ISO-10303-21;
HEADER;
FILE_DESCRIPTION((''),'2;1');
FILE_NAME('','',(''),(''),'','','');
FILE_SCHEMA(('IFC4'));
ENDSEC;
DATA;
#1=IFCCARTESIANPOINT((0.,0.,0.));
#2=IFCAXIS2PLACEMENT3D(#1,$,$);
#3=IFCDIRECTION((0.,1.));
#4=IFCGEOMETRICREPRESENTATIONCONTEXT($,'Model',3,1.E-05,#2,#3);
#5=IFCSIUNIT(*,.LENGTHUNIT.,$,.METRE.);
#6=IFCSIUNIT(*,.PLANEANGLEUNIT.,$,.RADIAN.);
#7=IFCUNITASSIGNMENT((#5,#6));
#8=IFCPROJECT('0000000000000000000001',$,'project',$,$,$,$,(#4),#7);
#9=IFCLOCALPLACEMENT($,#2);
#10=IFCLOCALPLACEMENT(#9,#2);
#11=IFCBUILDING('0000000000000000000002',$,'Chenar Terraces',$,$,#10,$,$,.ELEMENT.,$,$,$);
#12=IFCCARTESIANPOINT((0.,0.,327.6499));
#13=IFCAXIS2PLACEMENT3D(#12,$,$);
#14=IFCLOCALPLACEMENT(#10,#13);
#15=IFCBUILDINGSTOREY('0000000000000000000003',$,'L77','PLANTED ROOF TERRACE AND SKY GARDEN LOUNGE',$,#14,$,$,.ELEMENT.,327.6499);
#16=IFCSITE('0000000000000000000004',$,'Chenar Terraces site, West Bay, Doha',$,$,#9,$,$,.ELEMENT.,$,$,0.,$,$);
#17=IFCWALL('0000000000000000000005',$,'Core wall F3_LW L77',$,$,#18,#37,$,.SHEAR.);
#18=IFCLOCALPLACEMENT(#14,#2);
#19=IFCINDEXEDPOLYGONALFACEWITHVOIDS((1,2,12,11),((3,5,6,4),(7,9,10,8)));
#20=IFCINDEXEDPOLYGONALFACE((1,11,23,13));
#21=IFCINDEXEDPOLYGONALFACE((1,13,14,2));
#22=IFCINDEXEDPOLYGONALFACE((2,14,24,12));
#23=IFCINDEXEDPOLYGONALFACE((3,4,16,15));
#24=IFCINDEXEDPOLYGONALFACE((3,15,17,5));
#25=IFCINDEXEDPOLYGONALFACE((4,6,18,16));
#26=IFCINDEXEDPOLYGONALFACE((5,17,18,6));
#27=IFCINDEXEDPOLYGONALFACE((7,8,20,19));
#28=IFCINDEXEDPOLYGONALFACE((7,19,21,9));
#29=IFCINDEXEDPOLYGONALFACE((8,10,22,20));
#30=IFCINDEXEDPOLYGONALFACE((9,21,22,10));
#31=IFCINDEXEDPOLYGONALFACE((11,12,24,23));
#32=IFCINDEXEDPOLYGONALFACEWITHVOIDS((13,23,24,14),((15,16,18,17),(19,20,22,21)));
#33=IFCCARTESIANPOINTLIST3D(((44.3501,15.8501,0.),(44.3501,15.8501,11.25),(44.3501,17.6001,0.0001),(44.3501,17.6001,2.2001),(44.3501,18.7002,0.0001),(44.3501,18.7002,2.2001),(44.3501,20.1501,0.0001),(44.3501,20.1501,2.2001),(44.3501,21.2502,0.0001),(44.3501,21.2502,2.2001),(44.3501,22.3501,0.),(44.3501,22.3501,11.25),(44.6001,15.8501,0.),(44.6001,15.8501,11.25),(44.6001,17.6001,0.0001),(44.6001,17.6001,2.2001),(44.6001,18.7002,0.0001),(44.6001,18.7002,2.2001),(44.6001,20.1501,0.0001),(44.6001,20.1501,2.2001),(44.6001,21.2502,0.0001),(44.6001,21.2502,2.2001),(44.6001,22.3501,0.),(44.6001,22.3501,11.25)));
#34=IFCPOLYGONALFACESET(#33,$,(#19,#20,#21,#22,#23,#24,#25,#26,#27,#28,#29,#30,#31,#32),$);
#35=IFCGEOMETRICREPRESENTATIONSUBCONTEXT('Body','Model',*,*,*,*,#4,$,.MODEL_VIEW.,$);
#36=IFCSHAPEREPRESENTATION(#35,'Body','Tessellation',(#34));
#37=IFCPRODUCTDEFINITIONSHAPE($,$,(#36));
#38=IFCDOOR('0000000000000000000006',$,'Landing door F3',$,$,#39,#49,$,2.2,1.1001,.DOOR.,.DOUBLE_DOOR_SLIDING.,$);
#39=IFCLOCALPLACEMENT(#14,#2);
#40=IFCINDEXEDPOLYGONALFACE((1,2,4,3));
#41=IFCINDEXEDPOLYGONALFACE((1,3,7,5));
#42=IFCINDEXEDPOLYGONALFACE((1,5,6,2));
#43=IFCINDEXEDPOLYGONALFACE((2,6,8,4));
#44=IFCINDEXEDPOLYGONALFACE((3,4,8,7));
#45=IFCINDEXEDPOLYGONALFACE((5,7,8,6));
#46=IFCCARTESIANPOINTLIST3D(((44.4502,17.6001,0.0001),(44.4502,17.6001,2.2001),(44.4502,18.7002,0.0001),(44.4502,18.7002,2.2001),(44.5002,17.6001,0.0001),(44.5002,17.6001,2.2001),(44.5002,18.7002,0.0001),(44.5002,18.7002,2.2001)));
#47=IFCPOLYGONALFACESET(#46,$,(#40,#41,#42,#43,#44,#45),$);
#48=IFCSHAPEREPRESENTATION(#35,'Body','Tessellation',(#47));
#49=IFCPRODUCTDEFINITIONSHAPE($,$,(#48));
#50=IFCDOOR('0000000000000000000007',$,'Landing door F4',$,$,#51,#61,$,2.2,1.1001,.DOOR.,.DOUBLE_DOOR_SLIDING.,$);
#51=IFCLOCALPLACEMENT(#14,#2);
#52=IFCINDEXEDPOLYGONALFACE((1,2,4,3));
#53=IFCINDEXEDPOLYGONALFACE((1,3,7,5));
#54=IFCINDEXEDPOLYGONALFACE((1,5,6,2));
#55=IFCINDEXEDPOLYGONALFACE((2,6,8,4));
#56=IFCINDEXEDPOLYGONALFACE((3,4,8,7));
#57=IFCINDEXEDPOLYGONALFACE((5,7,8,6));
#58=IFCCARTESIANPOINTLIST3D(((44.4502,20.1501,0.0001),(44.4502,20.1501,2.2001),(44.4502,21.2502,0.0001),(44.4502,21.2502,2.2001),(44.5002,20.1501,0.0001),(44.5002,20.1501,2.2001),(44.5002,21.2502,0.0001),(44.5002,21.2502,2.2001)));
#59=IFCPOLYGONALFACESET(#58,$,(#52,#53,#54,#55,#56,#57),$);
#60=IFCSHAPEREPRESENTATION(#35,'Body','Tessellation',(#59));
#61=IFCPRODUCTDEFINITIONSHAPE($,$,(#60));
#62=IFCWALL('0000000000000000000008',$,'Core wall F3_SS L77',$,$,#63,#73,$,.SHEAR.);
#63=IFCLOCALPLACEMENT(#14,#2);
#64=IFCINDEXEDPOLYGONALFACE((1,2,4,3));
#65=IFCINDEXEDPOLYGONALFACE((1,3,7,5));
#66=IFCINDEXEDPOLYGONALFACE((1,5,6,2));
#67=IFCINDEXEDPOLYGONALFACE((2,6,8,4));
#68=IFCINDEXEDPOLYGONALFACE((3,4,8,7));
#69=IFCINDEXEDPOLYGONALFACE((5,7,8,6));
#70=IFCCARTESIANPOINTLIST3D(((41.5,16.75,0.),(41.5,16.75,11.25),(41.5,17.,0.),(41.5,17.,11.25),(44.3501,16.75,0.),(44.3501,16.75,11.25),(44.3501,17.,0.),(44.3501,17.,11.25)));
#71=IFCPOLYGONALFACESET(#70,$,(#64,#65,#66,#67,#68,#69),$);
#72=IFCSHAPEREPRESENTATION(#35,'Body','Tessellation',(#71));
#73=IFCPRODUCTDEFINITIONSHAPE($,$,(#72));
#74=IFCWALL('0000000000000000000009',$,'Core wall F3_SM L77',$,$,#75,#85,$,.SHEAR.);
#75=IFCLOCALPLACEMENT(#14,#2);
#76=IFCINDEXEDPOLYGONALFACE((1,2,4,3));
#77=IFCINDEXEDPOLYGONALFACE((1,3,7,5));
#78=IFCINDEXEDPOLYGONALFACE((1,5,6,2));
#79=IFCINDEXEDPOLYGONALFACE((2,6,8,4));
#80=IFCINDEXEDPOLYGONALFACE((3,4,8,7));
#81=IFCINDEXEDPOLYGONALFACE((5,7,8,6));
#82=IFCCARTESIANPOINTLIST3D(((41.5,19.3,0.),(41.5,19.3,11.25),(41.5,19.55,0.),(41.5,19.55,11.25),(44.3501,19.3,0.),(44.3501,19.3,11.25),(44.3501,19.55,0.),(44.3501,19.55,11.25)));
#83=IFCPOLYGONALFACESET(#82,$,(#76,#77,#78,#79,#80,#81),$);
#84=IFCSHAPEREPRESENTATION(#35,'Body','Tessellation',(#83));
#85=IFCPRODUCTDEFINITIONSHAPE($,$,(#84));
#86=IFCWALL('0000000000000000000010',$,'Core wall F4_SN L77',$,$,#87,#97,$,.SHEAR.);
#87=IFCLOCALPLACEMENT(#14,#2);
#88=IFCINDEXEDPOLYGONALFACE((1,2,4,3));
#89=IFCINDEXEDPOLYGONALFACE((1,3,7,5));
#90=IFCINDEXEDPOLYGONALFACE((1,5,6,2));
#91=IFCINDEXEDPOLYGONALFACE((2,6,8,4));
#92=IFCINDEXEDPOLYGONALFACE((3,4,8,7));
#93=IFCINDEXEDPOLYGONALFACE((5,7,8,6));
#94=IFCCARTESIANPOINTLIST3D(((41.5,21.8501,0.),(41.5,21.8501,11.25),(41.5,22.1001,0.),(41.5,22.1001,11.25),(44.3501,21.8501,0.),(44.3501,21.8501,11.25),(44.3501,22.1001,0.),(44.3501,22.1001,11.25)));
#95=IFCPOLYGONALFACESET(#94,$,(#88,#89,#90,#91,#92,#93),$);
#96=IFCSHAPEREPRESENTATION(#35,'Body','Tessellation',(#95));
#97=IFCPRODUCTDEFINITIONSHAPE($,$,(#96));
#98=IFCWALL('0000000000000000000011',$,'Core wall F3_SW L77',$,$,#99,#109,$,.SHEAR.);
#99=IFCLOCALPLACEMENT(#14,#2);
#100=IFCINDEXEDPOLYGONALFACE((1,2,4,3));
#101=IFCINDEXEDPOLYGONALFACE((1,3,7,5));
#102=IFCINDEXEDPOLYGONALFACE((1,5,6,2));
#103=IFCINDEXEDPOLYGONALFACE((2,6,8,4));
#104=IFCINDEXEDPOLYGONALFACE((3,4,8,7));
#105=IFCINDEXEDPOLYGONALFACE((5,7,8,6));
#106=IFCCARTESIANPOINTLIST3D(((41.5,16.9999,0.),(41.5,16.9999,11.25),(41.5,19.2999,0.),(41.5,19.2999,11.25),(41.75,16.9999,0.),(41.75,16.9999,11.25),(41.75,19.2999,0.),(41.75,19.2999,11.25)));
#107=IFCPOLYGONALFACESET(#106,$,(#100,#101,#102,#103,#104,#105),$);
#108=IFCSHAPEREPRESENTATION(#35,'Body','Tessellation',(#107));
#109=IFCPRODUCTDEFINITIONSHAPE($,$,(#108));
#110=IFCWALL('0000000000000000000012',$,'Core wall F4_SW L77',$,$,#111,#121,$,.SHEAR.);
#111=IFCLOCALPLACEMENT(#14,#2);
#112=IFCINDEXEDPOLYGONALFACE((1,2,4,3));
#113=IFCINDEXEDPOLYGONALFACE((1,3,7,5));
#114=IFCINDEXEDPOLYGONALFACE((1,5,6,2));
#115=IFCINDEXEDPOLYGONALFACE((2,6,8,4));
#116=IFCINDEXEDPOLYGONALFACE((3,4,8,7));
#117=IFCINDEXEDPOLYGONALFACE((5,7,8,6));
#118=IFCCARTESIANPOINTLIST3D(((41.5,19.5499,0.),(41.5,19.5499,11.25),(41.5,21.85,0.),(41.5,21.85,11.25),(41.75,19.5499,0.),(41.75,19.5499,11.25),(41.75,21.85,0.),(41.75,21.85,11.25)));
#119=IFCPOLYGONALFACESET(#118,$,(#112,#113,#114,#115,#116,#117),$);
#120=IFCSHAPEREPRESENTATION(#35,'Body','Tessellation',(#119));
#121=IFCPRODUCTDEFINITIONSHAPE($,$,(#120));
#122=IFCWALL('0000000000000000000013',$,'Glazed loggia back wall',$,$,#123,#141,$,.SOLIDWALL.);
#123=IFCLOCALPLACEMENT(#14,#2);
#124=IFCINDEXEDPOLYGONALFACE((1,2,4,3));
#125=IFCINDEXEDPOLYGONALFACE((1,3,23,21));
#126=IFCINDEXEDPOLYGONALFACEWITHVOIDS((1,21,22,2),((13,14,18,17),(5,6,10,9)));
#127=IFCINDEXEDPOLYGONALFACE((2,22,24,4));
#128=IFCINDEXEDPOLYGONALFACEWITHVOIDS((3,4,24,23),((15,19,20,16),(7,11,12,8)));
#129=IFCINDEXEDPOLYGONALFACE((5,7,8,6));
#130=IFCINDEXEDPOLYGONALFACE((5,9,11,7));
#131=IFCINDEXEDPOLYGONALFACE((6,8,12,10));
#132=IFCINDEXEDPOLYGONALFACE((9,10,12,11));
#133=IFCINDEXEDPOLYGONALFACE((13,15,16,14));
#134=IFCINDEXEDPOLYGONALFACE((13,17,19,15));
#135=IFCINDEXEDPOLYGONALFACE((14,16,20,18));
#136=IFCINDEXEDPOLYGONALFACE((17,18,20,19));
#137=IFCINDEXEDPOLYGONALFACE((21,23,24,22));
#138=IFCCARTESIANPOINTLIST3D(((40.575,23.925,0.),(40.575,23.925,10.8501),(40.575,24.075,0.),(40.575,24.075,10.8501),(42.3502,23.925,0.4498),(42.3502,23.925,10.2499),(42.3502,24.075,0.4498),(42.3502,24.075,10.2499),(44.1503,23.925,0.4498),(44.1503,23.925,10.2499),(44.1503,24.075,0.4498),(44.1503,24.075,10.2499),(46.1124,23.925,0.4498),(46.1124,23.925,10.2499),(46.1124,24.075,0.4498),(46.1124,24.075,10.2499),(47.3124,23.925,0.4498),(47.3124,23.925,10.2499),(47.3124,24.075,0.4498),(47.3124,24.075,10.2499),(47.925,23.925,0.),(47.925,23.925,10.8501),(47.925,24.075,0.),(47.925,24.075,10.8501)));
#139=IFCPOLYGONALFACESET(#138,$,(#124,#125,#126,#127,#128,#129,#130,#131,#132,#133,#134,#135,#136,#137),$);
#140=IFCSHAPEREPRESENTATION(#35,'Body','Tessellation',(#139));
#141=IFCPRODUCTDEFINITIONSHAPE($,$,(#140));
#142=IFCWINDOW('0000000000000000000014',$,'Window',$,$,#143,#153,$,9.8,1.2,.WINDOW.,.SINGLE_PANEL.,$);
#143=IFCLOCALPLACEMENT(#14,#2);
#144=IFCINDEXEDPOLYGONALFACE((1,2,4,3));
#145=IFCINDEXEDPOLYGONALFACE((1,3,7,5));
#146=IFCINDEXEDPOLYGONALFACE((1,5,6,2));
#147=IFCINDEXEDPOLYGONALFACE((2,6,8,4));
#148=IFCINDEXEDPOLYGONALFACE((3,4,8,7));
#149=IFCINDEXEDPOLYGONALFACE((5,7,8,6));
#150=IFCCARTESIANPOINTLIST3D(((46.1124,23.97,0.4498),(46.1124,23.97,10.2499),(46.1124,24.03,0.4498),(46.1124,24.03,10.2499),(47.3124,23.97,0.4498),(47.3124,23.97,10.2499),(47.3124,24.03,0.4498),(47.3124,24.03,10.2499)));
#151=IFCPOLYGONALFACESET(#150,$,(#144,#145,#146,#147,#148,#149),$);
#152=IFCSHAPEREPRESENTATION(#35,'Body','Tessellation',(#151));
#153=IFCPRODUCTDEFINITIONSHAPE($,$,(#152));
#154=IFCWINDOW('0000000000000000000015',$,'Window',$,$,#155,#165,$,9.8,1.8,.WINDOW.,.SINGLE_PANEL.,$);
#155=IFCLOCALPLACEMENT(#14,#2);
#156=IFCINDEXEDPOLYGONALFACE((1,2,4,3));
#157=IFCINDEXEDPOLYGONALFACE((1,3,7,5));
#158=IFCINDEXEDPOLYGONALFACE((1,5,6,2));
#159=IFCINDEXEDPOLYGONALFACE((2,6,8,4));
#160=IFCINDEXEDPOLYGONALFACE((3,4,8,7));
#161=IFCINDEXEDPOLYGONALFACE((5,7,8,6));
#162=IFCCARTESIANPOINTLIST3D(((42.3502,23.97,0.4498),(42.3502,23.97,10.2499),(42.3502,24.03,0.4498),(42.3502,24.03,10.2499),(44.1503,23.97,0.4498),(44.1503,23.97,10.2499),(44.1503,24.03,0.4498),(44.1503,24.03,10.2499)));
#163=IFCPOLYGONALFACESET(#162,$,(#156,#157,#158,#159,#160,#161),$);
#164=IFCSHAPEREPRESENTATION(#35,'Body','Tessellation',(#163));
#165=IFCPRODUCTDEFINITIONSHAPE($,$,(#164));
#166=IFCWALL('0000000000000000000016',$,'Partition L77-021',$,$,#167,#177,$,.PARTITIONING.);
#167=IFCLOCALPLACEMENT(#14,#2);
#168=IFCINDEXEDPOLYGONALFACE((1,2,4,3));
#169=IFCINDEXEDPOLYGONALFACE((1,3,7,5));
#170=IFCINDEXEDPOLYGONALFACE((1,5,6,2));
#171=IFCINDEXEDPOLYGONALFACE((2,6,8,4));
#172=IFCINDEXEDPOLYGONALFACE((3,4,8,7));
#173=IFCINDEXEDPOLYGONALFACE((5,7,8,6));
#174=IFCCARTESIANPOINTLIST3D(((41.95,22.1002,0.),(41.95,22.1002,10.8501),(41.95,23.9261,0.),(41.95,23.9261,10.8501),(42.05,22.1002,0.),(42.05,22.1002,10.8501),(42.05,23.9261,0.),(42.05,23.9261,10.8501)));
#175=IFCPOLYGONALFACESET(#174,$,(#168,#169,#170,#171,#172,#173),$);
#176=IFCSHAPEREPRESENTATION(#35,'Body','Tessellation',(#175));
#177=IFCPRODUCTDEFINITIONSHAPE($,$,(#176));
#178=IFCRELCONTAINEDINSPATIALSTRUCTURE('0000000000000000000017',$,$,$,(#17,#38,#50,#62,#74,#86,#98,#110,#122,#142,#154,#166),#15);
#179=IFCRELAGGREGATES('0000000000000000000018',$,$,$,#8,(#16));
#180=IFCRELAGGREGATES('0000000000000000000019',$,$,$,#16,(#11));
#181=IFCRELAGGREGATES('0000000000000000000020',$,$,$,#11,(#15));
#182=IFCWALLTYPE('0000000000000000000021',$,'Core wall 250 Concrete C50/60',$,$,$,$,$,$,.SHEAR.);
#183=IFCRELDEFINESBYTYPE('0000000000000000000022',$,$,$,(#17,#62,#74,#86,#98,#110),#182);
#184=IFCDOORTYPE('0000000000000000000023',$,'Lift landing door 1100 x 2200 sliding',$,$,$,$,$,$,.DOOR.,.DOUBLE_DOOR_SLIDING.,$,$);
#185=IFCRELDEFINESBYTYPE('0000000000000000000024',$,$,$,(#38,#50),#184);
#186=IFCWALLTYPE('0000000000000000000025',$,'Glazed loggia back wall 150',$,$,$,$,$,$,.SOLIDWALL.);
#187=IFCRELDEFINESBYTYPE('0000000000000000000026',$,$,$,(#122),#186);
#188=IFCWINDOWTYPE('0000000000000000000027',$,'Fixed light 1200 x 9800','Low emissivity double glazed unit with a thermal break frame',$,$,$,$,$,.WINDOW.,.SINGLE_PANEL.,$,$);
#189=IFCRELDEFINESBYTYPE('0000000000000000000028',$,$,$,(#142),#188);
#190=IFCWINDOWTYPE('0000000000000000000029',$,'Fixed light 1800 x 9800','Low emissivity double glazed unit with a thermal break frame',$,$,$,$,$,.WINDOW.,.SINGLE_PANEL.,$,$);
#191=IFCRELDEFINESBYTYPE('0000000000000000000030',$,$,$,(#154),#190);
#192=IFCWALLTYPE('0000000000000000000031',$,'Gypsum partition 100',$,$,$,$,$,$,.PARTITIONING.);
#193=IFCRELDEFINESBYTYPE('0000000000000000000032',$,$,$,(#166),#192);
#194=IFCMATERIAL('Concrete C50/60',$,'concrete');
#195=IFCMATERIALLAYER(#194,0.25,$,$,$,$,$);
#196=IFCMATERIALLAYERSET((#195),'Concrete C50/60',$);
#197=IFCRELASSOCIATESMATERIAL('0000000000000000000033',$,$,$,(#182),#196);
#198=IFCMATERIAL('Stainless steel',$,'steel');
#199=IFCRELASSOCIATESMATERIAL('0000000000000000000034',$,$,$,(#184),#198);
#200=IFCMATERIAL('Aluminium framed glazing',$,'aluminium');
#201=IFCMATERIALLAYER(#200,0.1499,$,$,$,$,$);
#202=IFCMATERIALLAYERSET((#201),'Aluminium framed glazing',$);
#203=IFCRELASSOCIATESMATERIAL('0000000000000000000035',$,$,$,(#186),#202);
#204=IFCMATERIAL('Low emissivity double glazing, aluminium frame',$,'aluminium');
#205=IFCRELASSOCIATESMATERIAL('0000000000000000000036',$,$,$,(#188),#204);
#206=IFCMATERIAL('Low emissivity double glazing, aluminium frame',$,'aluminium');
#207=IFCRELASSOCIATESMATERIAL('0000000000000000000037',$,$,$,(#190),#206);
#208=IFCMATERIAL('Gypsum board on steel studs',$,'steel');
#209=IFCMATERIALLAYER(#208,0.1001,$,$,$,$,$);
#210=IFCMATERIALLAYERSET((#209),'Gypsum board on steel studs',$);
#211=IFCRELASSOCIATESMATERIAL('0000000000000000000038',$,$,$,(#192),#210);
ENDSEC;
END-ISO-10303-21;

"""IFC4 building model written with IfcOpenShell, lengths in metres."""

from ifc_helpers import new_model, si_unit, direction, frame, frame_2d, origin, place, context, subcontext, project, spatial, rectangle, extrude, material, layer, layer_set, type_object, element, fill, save


model = new_model("IFC4")

# Units and contexts
model_context = context("Model", 3, precision=1e-05, world=origin(), true_north=direction((0.0, 1.0)))
body_context = subcontext(model_context, "Body", "Model", "MODEL_VIEW")
ifc_project = project(units=[si_unit("LENGTHUNIT", "METRE"), si_unit("PLANEANGLEUNIT", "RADIAN")], contexts=[model_context])

# Site, building, storey
site_placement = place(None, origin())
site = spatial("IfcSite", under=ifc_project, at=site_placement, Name="Chenar Terraces site, West Bay, Doha", CompositionType="ELEMENT", RefElevation=0.0)
building_placement = place(site_placement, origin())
building = spatial("IfcBuilding", under=site, at=building_placement, Name="Chenar Terraces", CompositionType="ELEMENT")
storey_placement = place(building_placement, frame((0.0, 0.0, 327.6499)))
storey = spatial("IfcBuildingStorey", under=building, at=storey_placement, Name="L77", Description="PLANTED ROOF TERRACE AND SKY GARDEN LOUNGE", CompositionType="ELEMENT", Elevation=327.6499)

# Shared definitions
ifc_material_1 = material(Name="Concrete C50/60", Category="concrete")
ifc_layer_1 = layer(ifc_material_1, 0.25)
ifc_layer_set_1 = layer_set([ifc_layer_1], Name="Concrete C50/60")
wall_type_1 = type_object("IfcWallType", Name="Core wall 250 Concrete C50/60", PredefinedType="SHEAR", material=ifc_layer_set_1)

# Wall, openings, doors
wall_1_placement = place(storey_placement, frame((44.4751, 15.8501, 0.0), z_axis=(0.0, 0.0, 1.0), x_axis=(0.0, 1.0, 0.0)))
wall_1 = element("IfcWall", 1, at=wall_1_placement, inside=storey, type_object=wall_type_1, Name="Core wall F3_LW L77", PredefinedType="SHEAR", context=body_context, shape_type="SweptSolid", body=[
    extrude(rectangle(XDim=6.5, YDim=0.25, at=frame_2d((3.25, 0.0))), origin(), (0.0, 0.0, 1.0), 11.25),
])
opening_1_placement = place(wall_1_placement, frame((1.75, 0.0, 0.0)))
opening_1 = element("IfcOpeningElement", 2, at=opening_1_placement, cuts=wall_1, PredefinedType="OPENING", context=body_context, shape_type="SweptSolid", body=[
    extrude(rectangle(XDim=1.1001, YDim=2.2, at=frame_2d((0.55, 1.1001))), frame((0.0, 0.135, 0.0), z_axis=(0.0, -1.0, 0.0), x_axis=(1.0, 0.0, 0.0)), (0.0, 0.0, 1.0), 0.27),
])
opening_2_placement = place(wall_1_placement, frame((4.3, 0.0, 0.0)))
opening_2 = element("IfcOpeningElement", 3, at=opening_2_placement, cuts=wall_1, PredefinedType="OPENING", context=body_context, shape_type="SweptSolid", body=[
    extrude(rectangle(XDim=1.1001, YDim=2.2, at=frame_2d((0.55, 1.1001))), frame((0.0, 0.135, 0.0), z_axis=(0.0, -1.0, 0.0), x_axis=(1.0, 0.0, 0.0)), (0.0, 0.0, 1.0), 0.27),
])
ifc_material_2 = material(Name="Stainless steel", Category="steel")
door_type_1 = type_object("IfcDoorType", Name="Lift landing door 1100 x 2200 sliding", OperationType="DOUBLE_DOOR_SLIDING", PredefinedType="DOOR", material=ifc_material_2)
door_1_placement = place(opening_1_placement, origin())
door_1 = element("IfcDoor", 4, at=door_1_placement, inside=storey, type_object=door_type_1, Name="Landing door F3", OperationType="DOUBLE_DOOR_SLIDING", OverallHeight=2.2, OverallWidth=1.1001, PredefinedType="DOOR", context=body_context, shape_type="SweptSolid", body=[
    extrude(rectangle(XDim=1.1001, YDim=2.2, at=frame_2d((0.55, 1.1001))), frame((0.0, 0.0249, 0.0), z_axis=(0.0, -1.0, 0.0), x_axis=(1.0, 0.0, 0.0)), (0.0, 0.0, 1.0), 0.05),
])
fill(opening_1, door_1)
door_2_placement = place(opening_2_placement, origin())
door_2 = element("IfcDoor", 5, at=door_2_placement, inside=storey, type_object=door_type_1, Name="Landing door F4", OperationType="DOUBLE_DOOR_SLIDING", OverallHeight=2.2, OverallWidth=1.1001, PredefinedType="DOOR", context=body_context, shape_type="SweptSolid", body=[
    extrude(rectangle(XDim=1.1001, YDim=2.2, at=frame_2d((0.55, 1.1001))), frame((0.0, 0.0249, 0.0), z_axis=(0.0, -1.0, 0.0), x_axis=(1.0, 0.0, 0.0)), (0.0, 0.0, 1.0), 0.05),
])
fill(opening_2, door_2)

# Walls
for number, where, z_axis, x_axis, name in (
    (6, (41.5, 16.875, 0.0), (0.0, 0.0, 1.0), (1.0, 0.0, 0.0), "Core wall F3_SS L77"),
    (7, (41.5, 19.425, 0.0), (0.0, 0.0, 1.0), (1.0, 0.0, 0.0), "Core wall F3_SM L77"),
    (8, (41.5, 21.9751, 0.0), (0.0, 0.0, 1.0), (1.0, 0.0, 0.0), "Core wall F4_SN L77"),
):
    element("IfcWall", number, at=place(storey_placement, frame(where, z_axis=z_axis, x_axis=x_axis)), inside=storey, type_object=wall_type_1, Name=name, PredefinedType="SHEAR", context=body_context, shape_type="SweptSolid", body=[
        extrude(rectangle(XDim=2.8501, YDim=0.25, at=frame_2d((1.425, 0.0))), origin(), (0.0, 0.0, 1.0), 11.25),
    ])
for number, where, z_axis, x_axis, name in (
    (9, (41.625, 17.0, 0.0), (0.0, 0.0, 1.0), (0.0, 1.0, 0.0), "Core wall F3_SW L77"),
    (10, (41.625, 19.55, 0.0), (0.0, 0.0, 1.0), (0.0, 1.0, 0.0), "Core wall F4_SW L77"),
):
    element("IfcWall", number, at=place(storey_placement, frame(where, z_axis=z_axis, x_axis=x_axis)), inside=storey, type_object=wall_type_1, Name=name, PredefinedType="SHEAR", context=body_context, shape_type="SweptSolid", body=[
        extrude(rectangle(XDim=2.3, YDim=0.25, at=frame_2d((1.1499, 0.0))), origin(), (0.0, 0.0, 1.0), 11.25),
    ])

# Wall, openings, windows
ifc_material_3 = material(Name="Aluminium framed glazing", Category="aluminium")
ifc_layer_2 = layer(ifc_material_3, 0.1499)
ifc_layer_set_2 = layer_set([ifc_layer_2], Name="Aluminium framed glazing")
wall_type_2 = type_object("IfcWallType", Name="Glazed loggia back wall 150", PredefinedType="SOLIDWALL", material=ifc_layer_set_2)
wall_2_placement = place(storey_placement, frame((47.925, 24.0, 0.0), z_axis=(0.0, 0.0, 1.0), x_axis=(-1.0, 0.0, 0.0)))
wall_2 = element("IfcWall", 11, at=wall_2_placement, inside=storey, type_object=wall_type_2, Name="Glazed loggia back wall", PredefinedType="SOLIDWALL", context=body_context, shape_type="SweptSolid", body=[
    extrude(rectangle(XDim=7.3501, YDim=0.1499, at=frame_2d((3.675, 0.0))), origin(), (0.0, 0.0, 1.0), 10.8501),
])
opening_3_placement = place(wall_2_placement, frame((0.6125, 0.0, 0.45)))
opening_3 = element("IfcOpeningElement", 12, at=opening_3_placement, cuts=wall_2, PredefinedType="OPENING", context=body_context, shape_type="SweptSolid", body=[
    extrude(rectangle(XDim=1.2, YDim=9.8, at=frame_2d((0.6001, 4.8999))), frame((0.0, 0.085, 0.0), z_axis=(0.0, -1.0, 0.0), x_axis=(1.0, 0.0, 0.0)), (0.0, 0.0, 1.0), 0.1699),
])
opening_4_placement = place(wall_2_placement, frame((3.7749, 0.0, 0.45)))
opening_4 = element("IfcOpeningElement", 13, at=opening_4_placement, cuts=wall_2, PredefinedType="OPENING", context=body_context, shape_type="SweptSolid", body=[
    extrude(rectangle(XDim=1.8, YDim=9.8, at=frame_2d((0.8999, 4.8999))), frame((0.0, 0.085, 0.0), z_axis=(0.0, -1.0, 0.0), x_axis=(1.0, 0.0, 0.0)), (0.0, 0.0, 1.0), 0.1699),
])
ifc_material_4 = material(Name="Low emissivity double glazing, aluminium frame", Category="aluminium")
window_type_1 = type_object("IfcWindowType", Name="Fixed light 1200 x 9800", Description="Low emissivity double glazed unit with a thermal break frame", PartitioningType="SINGLE_PANEL", PredefinedType="WINDOW", material=ifc_material_4)
window_1_placement = place(opening_3_placement, origin())
window_1 = element("IfcWindow", 14, at=window_1_placement, inside=storey, type_object=window_type_1, Name="Window", OverallHeight=9.8, OverallWidth=1.2, PartitioningType="SINGLE_PANEL", PredefinedType="WINDOW", context=body_context, shape_type="SweptSolid", body=[
    extrude(rectangle(XDim=1.2, YDim=9.8, at=frame_2d((0.6001, 4.8999))), frame((0.0, 0.03, 0.0), z_axis=(0.0, -1.0, 0.0), x_axis=(1.0, 0.0, 0.0)), (0.0, 0.0, 1.0), 0.0601),
])
fill(opening_3, window_1)
ifc_material_5 = material(Name="Low emissivity double glazing, aluminium frame", Category="aluminium")
window_type_2 = type_object("IfcWindowType", Name="Fixed light 1800 x 9800", Description="Low emissivity double glazed unit with a thermal break frame", PartitioningType="SINGLE_PANEL", PredefinedType="WINDOW", material=ifc_material_5)
window_2_placement = place(opening_4_placement, origin())
window_2 = element("IfcWindow", 15, at=window_2_placement, inside=storey, type_object=window_type_2, Name="Window", OverallHeight=9.8, OverallWidth=1.8, PartitioningType="SINGLE_PANEL", PredefinedType="WINDOW", context=body_context, shape_type="SweptSolid", body=[
    extrude(rectangle(XDim=1.8, YDim=9.8, at=frame_2d((0.8999, 4.8999))), frame((0.0, 0.03, 0.0), z_axis=(0.0, -1.0, 0.0), x_axis=(1.0, 0.0, 0.0)), (0.0, 0.0, 1.0), 0.0601),
])
fill(opening_4, window_2)

# Wall
ifc_material_6 = material(Name="Gypsum board on steel studs", Category="steel")
ifc_layer_3 = layer(ifc_material_6, 0.1001)
ifc_layer_set_3 = layer_set([ifc_layer_3], Name="Gypsum board on steel studs")
wall_type_3 = type_object("IfcWallType", Name="Gypsum partition 100", PredefinedType="PARTITIONING", material=ifc_layer_set_3)
wall_3_placement = place(storey_placement, frame((42.0, 22.1001, 0.0), z_axis=(0.0, 0.0, 1.0), x_axis=(0.0, 1.0, 0.0)))
element("IfcWall", 16, at=wall_3_placement, inside=storey, type_object=wall_type_3, Name="Partition L77-021", PredefinedType="PARTITIONING", context=body_context, shape_type="SweptSolid", body=[
    extrude(rectangle(XDim=1.8259, YDim=0.1001, at=frame_2d((0.9131, 0.0))), origin(), (0.0, 0.0, 1.0), 10.8501),
])

save(model, "model.ifc")
